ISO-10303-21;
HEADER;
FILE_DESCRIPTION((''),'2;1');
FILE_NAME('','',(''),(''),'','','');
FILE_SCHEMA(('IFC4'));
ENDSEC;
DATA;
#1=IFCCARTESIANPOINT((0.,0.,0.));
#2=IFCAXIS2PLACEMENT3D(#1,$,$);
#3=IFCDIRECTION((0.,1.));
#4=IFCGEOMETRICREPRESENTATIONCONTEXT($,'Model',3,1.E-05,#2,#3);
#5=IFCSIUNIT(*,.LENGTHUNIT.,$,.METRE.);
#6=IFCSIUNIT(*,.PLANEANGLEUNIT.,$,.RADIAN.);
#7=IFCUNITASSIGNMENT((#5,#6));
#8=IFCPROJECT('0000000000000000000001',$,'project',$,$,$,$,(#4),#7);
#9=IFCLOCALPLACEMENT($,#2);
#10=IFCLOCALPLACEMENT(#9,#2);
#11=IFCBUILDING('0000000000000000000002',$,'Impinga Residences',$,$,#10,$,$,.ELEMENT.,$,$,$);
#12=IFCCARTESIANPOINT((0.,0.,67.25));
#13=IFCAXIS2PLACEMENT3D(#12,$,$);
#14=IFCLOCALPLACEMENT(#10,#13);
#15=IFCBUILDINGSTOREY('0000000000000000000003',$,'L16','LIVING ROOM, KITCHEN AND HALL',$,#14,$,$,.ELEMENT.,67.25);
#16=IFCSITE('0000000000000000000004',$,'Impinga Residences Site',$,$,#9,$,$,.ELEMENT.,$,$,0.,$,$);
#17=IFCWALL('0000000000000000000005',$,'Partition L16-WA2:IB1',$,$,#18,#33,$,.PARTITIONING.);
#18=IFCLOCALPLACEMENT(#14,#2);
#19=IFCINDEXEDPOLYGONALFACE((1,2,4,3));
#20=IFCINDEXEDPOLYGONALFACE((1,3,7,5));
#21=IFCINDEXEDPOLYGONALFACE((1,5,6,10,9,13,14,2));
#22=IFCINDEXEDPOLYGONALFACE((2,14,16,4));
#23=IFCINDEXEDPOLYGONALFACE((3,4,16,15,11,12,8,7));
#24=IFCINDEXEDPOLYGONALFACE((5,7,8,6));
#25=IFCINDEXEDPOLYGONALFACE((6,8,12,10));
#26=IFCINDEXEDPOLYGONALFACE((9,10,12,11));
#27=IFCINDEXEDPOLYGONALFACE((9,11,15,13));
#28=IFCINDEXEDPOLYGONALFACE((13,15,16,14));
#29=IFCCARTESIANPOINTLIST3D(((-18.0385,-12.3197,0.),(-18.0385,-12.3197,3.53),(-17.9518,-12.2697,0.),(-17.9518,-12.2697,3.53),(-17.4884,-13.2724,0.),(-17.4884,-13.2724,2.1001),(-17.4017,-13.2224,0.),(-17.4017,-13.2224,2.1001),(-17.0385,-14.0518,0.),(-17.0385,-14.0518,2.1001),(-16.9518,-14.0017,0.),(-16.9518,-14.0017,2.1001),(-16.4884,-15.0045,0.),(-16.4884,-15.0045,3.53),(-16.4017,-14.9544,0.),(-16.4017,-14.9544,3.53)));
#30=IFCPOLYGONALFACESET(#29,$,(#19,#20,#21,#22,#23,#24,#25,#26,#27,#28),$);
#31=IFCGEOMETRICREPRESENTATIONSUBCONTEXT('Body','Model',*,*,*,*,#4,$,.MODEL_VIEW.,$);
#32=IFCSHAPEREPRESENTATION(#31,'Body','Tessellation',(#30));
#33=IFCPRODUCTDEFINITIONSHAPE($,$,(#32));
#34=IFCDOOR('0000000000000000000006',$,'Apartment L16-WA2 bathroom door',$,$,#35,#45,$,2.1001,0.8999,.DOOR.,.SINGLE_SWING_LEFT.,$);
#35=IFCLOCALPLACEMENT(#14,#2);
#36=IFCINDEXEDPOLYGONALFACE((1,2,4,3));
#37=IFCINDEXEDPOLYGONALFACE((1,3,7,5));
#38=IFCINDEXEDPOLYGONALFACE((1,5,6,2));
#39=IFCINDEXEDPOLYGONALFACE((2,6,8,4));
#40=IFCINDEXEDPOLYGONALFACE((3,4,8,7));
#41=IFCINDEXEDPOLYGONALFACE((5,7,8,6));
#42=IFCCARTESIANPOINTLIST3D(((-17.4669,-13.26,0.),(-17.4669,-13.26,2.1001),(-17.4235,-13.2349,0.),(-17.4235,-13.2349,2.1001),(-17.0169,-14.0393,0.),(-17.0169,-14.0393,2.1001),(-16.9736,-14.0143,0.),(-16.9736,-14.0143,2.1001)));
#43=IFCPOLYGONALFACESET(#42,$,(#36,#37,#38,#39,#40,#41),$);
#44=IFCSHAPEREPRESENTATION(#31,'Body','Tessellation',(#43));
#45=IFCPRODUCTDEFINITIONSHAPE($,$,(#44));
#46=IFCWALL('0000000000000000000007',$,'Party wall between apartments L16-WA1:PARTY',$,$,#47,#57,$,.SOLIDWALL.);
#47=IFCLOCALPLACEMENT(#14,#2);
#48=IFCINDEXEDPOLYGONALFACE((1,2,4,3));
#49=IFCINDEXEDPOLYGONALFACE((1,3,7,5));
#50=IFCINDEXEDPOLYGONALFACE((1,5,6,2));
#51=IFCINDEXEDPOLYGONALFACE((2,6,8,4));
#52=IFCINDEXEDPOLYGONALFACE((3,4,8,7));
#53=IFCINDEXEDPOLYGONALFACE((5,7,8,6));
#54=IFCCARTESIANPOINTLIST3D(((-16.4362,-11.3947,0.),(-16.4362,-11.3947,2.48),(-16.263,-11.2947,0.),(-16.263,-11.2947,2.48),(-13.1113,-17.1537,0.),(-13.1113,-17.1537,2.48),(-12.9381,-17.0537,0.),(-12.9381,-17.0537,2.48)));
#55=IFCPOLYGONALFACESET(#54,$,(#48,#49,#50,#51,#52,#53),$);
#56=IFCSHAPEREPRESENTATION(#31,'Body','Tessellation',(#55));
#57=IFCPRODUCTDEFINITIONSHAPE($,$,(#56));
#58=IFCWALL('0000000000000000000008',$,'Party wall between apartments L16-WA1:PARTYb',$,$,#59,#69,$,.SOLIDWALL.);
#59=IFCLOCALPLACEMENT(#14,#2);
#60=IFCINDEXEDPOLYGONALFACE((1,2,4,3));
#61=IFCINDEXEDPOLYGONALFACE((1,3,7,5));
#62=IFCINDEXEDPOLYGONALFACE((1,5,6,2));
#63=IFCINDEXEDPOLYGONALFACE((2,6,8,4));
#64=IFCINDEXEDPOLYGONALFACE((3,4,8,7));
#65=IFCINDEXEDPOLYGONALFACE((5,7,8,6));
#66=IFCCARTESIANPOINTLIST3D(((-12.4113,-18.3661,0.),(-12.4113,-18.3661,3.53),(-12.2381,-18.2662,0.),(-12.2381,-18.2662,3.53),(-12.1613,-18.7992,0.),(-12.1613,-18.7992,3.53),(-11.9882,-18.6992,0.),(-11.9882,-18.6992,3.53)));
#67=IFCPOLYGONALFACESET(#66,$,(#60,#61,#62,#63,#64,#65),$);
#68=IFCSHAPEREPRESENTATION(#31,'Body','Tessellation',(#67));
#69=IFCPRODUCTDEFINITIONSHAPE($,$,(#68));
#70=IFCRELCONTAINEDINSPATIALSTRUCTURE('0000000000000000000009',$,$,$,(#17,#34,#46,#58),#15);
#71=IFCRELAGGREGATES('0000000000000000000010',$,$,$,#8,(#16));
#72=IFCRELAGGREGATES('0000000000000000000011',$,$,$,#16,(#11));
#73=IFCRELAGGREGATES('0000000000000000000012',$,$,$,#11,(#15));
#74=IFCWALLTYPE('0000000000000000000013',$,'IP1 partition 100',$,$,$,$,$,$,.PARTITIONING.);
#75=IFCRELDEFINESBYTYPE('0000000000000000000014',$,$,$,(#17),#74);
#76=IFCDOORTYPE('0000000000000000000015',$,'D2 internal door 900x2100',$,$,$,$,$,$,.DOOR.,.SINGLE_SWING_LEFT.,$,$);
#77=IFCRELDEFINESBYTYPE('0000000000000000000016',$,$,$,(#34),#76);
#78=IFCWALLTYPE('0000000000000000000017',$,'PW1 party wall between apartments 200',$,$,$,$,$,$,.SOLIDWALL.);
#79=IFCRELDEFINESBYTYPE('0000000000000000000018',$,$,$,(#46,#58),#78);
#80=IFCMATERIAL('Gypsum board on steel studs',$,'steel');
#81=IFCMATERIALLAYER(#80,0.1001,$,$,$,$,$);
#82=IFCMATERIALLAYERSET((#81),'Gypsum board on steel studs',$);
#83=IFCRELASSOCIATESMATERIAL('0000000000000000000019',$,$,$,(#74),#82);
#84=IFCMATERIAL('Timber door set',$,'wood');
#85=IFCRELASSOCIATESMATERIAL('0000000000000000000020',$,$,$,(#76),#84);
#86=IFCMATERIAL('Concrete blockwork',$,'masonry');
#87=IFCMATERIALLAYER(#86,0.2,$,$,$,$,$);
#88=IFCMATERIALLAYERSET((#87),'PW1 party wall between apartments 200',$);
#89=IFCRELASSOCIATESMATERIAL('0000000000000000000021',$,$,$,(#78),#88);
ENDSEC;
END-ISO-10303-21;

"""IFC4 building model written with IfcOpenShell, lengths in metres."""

from ifc_helpers import new_model, si_unit, direction, frame, frame_2d, origin, place, context, subcontext, project, spatial, rectangle, extrude, material, layer, layer_set, type_object, element, fill, save


model = new_model("IFC4")

# Units and contexts
model_context = context("Model", 3, precision=1e-05, world=origin(), true_north=direction((0.0, 1.0)))
body_context = subcontext(model_context, "Body", "Model", "MODEL_VIEW")
ifc_project = project(units=[si_unit("LENGTHUNIT", "METRE"), si_unit("PLANEANGLEUNIT", "RADIAN")], contexts=[model_context])

# Site, building, storey
site_placement = place(None, origin())
site = spatial("IfcSite", under=ifc_project, at=site_placement, Name="Impinga Residences Site", CompositionType="ELEMENT", RefElevation=0.0)
building_placement = place(site_placement, origin())
building = spatial("IfcBuilding", under=site, at=building_placement, Name="Impinga Residences", CompositionType="ELEMENT")
storey_placement = place(building_placement, frame((0.0, 0.0, 67.25)))
storey = spatial("IfcBuildingStorey", under=building, at=storey_placement, Name="L16", Description="LIVING ROOM, KITCHEN AND HALL", CompositionType="ELEMENT", Elevation=67.25)

# Shared definitions
ifc_material_1 = material(Name="Gypsum board on steel studs", Category="steel")
ifc_layer_1 = layer(ifc_material_1, 0.1001)
ifc_layer_set_1 = layer_set([ifc_layer_1], Name="Gypsum board on steel studs")
wall_type_1 = type_object("IfcWallType", Name="IP1 partition 100", PredefinedType="PARTITIONING", material=ifc_layer_set_1)
ifc_material_2 = material(Name="Timber door set", Category="wood")
door_type = type_object("IfcDoorType", Name="D2 internal door 900x2100", OperationType="SINGLE_SWING_LEFT", PredefinedType="DOOR", material=ifc_material_2)

# Wall, opening, door
wall_1_placement = place(storey_placement, frame((-17.9951, -12.2947, 0.0), z_axis=(0.0, 0.0, 1.0), x_axis=(0.499993, -0.86603, 0.0)))
wall_1 = element("IfcWall", 1, at=wall_1_placement, inside=storey, type_object=wall_type_1, Name="Partition L16-WA2:IB1", PredefinedType="PARTITIONING", context=body_context, shape_type="SweptSolid", body=[
    extrude(rectangle(XDim=3.1001, YDim=0.1001, at=frame_2d((1.55, 0.0))), origin(), (0.0, 0.0, 1.0), 3.53),
])
opening_1_placement = place(wall_1_placement, frame((1.1001, 0.0, 0.0)))
opening_1 = element("IfcOpeningElement", 2, at=opening_1_placement, cuts=wall_1, PredefinedType="OPENING", context=body_context, shape_type="SweptSolid", body=[
    extrude(rectangle(XDim=0.8999, YDim=2.1001, at=frame_2d((0.45, 1.05))), frame((0.0, 0.0601, 0.0), z_axis=(0.0, -1.0, 0.0), x_axis=(1.0, 0.0, 0.0)), (0.0, 0.0, 1.0), 0.1201),
])
door_1_placement = place(opening_1_placement, origin())
door_1 = element("IfcDoor", 3, at=door_1_placement, inside=storey, type_object=door_type, Name="Apartment L16-WA2 bathroom door", OperationType="SINGLE_SWING_LEFT", OverallHeight=2.1001, OverallWidth=0.8999, PredefinedType="DOOR", context=body_context, shape_type="SweptSolid", body=[
    extrude(rectangle(XDim=0.8999, YDim=2.1001, at=frame_2d((0.45, 1.05))), frame((0.0, 0.0249, 0.0), z_axis=(0.0, -1.0, 0.0), x_axis=(1.0, 0.0, 0.0)), (0.0, 0.0, 1.0), 0.05),
])
fill(opening_1, door_1)

# Walls
ifc_material_3 = material(Name="Concrete blockwork", Category="masonry")
ifc_layer_2 = layer(ifc_material_3, 0.2)
ifc_layer_set_2 = layer_set([ifc_layer_2], Name="PW1 party wall between apartments 200")
wall_type_2 = type_object("IfcWallType", Name="PW1 party wall between apartments 200", PredefinedType="SOLIDWALL", material=ifc_layer_set_2)
wall_2_placement = place(storey_placement, frame((-16.3496, -11.3447, 0.0), z_axis=(0.0, 0.0, 1.0), x_axis=(0.499997, -0.866027, 0.0)))
element("IfcWall", 4, at=wall_2_placement, inside=storey, type_object=wall_type_2, Name="Party wall between apartments L16-WA1:PARTY", PredefinedType="SOLIDWALL", context=body_context, shape_type="SweptSolid", body=[
    extrude(rectangle(XDim=6.6499, YDim=0.2, at=frame_2d((3.325, 0.0))), origin(), (0.0, 0.0, 1.0), 2.48),
])
wall_3_placement = place(storey_placement, frame((-12.3247, -18.3162, 0.0), z_axis=(0.0, 0.0, 1.0), x_axis=(0.49992, -0.866072, 0.0)))
element("IfcWall", 5, at=wall_3_placement, inside=storey, type_object=wall_type_2, Name="Party wall between apartments L16-WA1:PARTYb", PredefinedType="SOLIDWALL", context=body_context, shape_type="SweptSolid", body=[
    extrude(rectangle(XDim=0.5, YDim=0.2, at=frame_2d((0.25, 0.0))), origin(), (0.0, 0.0, 1.0), 3.53),
])

save(model, "model.ifc")
